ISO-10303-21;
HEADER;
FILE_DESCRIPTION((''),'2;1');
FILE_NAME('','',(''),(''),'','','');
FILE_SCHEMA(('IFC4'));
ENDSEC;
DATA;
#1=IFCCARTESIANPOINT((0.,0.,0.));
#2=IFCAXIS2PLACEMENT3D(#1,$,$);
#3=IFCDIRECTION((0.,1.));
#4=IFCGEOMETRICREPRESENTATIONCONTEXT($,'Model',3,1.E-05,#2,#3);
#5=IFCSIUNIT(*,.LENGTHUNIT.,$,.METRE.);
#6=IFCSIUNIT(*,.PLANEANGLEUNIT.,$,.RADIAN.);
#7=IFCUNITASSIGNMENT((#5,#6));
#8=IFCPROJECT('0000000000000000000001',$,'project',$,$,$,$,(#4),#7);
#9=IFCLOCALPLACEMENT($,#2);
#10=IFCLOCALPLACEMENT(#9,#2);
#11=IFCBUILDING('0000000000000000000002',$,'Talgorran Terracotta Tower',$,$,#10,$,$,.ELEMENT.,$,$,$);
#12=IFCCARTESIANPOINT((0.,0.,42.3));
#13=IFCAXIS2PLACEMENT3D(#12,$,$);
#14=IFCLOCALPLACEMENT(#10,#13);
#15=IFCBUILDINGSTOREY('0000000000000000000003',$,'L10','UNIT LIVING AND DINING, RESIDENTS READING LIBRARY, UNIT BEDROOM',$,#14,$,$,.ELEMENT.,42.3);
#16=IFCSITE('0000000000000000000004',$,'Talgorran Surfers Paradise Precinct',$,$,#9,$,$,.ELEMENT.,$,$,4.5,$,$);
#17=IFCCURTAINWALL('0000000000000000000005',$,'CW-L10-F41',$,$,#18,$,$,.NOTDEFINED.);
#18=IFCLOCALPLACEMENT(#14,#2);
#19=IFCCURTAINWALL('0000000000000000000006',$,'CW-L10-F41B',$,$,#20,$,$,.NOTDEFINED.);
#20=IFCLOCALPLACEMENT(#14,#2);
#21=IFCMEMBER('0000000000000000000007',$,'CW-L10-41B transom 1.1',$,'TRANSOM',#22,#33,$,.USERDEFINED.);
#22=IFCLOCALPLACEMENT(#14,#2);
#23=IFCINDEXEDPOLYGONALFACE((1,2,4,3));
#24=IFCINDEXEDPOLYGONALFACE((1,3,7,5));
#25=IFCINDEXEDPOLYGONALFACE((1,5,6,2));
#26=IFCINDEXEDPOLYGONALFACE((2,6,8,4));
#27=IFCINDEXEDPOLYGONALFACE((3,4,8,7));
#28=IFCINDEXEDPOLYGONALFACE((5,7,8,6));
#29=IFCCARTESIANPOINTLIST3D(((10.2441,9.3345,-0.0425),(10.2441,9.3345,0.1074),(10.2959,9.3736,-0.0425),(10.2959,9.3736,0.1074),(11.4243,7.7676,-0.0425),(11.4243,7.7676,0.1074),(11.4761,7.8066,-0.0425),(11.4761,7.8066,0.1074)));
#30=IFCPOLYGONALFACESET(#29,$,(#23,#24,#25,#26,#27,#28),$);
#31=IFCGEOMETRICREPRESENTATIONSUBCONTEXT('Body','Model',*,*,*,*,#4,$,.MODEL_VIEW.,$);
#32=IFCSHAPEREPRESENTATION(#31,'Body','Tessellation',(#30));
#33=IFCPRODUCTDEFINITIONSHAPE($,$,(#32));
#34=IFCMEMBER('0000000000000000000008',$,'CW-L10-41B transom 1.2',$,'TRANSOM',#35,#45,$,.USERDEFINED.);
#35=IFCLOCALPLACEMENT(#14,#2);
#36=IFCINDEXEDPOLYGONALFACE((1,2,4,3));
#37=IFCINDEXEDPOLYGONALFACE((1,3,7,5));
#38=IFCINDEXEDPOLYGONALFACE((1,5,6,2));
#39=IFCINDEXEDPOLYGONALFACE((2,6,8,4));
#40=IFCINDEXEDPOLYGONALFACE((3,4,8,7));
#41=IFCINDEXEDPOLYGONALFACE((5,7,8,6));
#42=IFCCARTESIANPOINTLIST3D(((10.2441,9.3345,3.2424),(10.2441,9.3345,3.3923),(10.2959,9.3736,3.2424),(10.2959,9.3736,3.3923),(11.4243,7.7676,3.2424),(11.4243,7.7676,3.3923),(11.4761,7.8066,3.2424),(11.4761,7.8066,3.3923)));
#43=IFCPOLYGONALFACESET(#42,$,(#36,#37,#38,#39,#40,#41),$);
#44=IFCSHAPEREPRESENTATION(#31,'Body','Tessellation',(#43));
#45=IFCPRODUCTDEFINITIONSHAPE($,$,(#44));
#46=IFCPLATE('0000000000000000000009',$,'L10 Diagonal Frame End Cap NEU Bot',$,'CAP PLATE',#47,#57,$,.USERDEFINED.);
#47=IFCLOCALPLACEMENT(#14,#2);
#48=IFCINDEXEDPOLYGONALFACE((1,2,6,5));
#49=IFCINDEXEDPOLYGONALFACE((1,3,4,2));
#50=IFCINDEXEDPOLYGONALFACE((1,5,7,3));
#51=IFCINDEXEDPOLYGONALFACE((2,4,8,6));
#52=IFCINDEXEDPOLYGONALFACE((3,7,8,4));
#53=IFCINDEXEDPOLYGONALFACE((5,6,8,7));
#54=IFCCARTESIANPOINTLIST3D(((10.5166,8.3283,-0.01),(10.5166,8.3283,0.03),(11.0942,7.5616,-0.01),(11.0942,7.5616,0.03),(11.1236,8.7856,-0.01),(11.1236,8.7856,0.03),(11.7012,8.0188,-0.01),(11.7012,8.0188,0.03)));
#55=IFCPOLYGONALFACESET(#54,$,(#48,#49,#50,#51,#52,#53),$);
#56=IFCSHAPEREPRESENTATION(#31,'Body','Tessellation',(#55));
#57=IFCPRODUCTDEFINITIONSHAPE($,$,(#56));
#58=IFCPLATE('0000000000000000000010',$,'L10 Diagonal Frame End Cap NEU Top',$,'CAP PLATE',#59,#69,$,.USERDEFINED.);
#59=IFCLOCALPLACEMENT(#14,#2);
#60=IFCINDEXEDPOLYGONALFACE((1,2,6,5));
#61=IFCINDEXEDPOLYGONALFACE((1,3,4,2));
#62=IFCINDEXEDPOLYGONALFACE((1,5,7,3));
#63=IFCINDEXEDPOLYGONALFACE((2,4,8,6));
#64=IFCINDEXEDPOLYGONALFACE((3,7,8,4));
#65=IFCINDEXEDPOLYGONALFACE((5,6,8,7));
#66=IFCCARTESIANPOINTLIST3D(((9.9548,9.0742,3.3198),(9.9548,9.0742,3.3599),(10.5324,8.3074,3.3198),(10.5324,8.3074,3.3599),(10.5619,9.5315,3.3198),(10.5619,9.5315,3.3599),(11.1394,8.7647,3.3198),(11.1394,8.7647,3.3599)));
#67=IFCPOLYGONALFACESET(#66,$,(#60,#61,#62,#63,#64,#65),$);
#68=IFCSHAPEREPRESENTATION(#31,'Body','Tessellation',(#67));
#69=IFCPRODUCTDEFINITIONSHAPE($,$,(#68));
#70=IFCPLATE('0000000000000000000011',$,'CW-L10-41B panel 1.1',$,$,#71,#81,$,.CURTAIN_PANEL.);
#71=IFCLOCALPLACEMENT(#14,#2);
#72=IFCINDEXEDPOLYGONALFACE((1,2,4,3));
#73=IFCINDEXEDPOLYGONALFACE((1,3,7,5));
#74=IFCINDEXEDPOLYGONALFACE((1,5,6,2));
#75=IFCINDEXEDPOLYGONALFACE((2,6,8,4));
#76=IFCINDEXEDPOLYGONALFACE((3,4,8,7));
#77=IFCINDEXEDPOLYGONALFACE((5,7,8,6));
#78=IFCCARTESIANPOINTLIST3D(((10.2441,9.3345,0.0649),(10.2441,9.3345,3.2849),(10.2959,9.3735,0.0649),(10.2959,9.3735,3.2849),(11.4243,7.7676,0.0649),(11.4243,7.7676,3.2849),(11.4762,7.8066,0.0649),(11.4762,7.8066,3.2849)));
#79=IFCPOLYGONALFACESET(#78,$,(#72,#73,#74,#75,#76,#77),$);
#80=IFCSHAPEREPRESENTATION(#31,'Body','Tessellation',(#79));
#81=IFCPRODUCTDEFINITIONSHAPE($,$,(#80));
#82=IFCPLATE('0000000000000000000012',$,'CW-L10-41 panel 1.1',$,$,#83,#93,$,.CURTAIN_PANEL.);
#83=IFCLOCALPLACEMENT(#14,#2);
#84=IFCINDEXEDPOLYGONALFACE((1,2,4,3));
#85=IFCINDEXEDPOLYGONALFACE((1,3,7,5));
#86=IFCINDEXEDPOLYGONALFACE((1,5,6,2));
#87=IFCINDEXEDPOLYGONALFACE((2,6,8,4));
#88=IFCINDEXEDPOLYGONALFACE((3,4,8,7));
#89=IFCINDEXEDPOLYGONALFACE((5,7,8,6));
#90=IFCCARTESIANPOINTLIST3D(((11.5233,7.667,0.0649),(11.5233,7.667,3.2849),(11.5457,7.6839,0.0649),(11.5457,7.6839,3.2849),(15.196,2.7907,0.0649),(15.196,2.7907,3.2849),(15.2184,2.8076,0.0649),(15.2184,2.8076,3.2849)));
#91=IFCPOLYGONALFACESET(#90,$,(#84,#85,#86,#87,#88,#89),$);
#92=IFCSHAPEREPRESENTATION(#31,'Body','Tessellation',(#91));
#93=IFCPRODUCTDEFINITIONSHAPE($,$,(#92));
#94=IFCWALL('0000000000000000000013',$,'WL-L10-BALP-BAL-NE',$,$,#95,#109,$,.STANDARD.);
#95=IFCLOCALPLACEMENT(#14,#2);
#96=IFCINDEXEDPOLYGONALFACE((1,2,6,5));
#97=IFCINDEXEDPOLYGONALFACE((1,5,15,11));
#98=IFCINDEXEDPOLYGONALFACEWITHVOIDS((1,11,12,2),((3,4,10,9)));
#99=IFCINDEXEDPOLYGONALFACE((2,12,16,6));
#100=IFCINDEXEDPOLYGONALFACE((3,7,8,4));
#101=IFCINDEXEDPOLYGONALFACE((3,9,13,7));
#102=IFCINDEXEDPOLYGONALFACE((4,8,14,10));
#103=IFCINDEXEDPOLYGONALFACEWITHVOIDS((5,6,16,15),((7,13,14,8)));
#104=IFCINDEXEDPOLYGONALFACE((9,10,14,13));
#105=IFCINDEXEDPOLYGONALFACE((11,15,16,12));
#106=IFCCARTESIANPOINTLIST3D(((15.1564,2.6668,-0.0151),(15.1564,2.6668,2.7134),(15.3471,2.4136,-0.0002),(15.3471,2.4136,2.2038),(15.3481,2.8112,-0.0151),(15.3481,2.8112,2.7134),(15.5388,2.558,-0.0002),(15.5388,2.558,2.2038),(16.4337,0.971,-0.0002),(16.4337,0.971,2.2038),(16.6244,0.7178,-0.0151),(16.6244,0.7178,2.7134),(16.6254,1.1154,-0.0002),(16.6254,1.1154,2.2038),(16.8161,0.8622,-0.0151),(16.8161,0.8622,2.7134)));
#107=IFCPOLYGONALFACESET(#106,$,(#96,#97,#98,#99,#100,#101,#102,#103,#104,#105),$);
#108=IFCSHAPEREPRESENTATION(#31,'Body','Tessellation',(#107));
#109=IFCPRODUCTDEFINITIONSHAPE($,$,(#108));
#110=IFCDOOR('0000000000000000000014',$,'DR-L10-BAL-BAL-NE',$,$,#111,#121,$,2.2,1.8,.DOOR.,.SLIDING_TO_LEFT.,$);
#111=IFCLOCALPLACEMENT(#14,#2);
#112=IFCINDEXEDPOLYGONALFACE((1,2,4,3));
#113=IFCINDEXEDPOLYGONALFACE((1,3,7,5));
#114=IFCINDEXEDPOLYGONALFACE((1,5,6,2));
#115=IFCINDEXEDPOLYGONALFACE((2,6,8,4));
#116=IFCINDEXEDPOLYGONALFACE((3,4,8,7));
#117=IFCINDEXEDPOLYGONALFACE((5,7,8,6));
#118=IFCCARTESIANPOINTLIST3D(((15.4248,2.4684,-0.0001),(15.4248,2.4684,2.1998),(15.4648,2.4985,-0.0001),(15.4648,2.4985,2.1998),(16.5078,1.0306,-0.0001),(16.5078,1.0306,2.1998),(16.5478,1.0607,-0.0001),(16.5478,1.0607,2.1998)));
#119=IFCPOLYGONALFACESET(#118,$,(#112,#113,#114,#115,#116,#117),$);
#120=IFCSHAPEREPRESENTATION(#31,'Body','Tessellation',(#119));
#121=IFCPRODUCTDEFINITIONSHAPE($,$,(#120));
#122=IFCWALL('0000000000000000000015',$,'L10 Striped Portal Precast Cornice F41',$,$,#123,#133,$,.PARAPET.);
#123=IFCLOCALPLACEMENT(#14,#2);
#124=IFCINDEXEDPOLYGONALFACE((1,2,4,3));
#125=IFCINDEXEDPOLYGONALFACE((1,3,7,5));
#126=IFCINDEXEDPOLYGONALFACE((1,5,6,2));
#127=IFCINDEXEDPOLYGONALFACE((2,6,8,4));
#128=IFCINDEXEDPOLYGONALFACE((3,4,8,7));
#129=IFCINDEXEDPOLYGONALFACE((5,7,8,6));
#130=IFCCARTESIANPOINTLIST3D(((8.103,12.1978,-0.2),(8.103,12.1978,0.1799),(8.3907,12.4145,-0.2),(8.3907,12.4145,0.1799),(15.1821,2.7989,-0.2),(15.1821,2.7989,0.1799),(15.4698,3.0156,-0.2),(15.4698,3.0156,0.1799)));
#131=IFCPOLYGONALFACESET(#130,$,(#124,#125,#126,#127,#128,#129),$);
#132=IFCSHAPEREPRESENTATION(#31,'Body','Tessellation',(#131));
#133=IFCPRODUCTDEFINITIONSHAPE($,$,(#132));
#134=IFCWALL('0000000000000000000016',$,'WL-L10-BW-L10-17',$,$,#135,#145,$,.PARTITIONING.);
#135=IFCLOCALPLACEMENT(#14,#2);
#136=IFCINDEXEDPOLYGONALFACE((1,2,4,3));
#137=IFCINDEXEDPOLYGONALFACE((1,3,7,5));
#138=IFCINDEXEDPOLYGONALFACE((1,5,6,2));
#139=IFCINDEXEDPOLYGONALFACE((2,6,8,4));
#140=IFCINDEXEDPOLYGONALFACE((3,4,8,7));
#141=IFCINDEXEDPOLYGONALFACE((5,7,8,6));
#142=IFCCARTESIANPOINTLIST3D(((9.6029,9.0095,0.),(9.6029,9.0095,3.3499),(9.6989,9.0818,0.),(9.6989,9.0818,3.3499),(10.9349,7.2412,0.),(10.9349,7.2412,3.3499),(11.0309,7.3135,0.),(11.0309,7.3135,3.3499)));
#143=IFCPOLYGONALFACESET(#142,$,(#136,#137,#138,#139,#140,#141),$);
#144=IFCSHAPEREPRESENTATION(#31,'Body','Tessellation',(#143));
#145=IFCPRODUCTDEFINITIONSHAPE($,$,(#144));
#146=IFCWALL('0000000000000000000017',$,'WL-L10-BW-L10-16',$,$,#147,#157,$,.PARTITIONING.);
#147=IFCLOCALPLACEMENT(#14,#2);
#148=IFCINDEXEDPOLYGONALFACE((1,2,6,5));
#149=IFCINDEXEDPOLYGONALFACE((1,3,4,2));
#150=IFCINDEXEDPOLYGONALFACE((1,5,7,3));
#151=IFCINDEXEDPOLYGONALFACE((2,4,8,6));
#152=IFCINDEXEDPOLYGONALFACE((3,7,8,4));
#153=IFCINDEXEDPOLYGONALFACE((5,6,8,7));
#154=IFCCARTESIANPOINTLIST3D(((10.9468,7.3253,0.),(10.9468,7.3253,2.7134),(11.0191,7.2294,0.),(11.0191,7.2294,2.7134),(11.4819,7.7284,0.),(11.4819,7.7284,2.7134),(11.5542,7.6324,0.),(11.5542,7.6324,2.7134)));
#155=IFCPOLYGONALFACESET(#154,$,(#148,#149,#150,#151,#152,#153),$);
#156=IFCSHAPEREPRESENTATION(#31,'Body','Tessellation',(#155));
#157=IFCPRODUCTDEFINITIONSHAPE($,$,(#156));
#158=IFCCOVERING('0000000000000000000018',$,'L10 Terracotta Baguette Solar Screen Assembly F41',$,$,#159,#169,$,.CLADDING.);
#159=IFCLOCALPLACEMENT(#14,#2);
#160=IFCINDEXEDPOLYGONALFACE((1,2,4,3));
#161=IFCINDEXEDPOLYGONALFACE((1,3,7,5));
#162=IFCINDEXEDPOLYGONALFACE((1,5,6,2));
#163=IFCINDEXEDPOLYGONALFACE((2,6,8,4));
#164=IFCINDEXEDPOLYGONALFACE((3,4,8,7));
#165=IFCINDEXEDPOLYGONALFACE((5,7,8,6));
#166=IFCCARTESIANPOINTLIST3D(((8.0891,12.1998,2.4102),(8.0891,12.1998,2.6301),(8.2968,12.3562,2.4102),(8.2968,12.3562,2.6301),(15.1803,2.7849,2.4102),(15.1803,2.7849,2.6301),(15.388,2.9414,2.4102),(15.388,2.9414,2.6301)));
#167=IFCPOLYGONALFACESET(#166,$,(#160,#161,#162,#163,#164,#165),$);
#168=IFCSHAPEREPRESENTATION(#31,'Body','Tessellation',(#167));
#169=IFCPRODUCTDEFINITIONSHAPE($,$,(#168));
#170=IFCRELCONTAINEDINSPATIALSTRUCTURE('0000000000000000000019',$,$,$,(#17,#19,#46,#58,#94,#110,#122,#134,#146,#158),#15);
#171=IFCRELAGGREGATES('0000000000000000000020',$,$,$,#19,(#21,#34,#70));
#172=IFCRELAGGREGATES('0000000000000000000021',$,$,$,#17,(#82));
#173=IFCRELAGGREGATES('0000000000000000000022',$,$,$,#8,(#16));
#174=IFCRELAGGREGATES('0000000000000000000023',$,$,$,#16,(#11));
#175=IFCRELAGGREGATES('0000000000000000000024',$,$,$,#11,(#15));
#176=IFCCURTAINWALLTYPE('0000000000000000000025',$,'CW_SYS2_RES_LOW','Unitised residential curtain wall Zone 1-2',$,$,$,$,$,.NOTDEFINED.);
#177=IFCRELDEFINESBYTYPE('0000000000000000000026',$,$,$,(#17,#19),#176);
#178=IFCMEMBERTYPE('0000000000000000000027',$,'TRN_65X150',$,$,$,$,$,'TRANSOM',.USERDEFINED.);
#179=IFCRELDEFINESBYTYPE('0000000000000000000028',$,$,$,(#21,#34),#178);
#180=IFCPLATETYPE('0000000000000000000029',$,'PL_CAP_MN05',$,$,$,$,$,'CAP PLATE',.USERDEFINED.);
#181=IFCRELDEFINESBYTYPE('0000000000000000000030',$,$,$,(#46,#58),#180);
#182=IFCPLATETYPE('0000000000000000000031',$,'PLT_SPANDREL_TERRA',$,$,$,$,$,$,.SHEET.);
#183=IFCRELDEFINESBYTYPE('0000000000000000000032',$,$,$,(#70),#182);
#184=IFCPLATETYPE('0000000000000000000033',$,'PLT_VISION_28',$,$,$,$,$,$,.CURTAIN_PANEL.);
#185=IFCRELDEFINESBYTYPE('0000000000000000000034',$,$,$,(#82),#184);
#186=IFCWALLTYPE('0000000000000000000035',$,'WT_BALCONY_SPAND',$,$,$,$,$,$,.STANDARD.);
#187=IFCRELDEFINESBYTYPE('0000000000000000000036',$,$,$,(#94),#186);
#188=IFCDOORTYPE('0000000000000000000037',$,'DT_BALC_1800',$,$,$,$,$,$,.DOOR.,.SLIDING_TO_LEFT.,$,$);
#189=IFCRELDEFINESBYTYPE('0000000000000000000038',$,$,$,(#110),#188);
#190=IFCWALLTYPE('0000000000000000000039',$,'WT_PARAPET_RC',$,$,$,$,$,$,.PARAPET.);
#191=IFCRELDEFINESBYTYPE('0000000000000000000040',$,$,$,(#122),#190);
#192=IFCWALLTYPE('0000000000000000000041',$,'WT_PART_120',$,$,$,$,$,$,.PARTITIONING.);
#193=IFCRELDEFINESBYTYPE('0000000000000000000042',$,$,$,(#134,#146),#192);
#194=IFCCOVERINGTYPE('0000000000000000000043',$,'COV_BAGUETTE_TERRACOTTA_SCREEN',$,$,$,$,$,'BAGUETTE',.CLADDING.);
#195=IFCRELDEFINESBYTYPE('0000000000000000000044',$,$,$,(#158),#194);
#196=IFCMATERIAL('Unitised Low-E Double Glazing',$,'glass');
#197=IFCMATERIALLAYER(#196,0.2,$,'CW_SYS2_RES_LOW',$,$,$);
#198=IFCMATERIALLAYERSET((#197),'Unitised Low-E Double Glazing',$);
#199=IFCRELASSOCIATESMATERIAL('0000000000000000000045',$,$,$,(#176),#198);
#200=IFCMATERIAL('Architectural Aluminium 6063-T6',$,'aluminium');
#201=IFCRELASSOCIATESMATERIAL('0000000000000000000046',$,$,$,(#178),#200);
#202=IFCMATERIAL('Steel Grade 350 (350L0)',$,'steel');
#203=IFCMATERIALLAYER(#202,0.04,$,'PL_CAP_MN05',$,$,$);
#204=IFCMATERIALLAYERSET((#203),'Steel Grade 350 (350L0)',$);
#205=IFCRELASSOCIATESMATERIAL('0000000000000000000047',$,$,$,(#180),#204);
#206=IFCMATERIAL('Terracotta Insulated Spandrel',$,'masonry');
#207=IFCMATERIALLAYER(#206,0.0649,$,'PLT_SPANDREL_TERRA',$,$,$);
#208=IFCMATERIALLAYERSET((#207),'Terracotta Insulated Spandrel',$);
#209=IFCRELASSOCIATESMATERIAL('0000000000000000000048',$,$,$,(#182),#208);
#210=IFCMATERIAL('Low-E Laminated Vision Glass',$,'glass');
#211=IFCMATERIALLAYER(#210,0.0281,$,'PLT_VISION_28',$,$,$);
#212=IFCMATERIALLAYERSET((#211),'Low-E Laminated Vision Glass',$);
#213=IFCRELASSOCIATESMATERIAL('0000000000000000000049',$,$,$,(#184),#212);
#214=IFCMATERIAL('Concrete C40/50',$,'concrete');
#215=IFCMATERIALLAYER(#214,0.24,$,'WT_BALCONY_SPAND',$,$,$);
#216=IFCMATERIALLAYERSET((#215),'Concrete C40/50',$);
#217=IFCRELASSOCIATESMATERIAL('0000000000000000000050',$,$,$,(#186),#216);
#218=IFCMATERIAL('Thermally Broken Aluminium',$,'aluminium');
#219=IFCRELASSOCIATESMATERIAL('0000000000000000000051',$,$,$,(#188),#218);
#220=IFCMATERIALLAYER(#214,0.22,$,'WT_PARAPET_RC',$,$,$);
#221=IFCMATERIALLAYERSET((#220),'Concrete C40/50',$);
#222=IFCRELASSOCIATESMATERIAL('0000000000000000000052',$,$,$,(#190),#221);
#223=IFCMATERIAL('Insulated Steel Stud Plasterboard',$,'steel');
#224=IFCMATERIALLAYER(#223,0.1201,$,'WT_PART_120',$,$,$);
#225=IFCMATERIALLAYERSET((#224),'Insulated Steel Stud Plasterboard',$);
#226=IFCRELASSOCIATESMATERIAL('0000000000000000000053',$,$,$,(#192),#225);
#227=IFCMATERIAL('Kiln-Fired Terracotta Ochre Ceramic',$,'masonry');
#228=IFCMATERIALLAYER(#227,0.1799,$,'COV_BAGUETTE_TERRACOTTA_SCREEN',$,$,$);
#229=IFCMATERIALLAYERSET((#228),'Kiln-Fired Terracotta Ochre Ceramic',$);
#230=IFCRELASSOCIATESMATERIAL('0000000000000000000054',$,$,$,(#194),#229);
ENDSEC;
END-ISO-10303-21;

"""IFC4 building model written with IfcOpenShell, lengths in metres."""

from ifc_helpers import new_model, si_unit, direction, frame, frame_2d, origin, origin_2d, place, context, subcontext, project, spatial, rectangle, extrude, source, transform, mapped, material, layer, layer_set, material_profile, profile_set, type_object, type_shapes, element, fill, aggregate, save


model = new_model("IFC4")

# Units and contexts
model_context = context("Model", 3, precision=1e-05, world=origin(), true_north=direction((0.0, 1.0)))
body_context = subcontext(model_context, "Body", "Model", "MODEL_VIEW")
ifc_project = project(units=[si_unit("LENGTHUNIT", "METRE"), si_unit("PLANEANGLEUNIT", "RADIAN")], contexts=[model_context])

# Site, building, storey
site_placement = place(None, origin())
site = spatial("IfcSite", under=ifc_project, at=site_placement, Name="Talgorran Surfers Paradise Precinct", CompositionType="ELEMENT", RefElevation=4.5)
building_placement = place(site_placement, origin())
building = spatial("IfcBuilding", under=site, at=building_placement, Name="Talgorran Terracotta Tower", CompositionType="ELEMENT")
storey_placement = place(building_placement, frame((0.0, 0.0, 42.3)))
storey = spatial("IfcBuildingStorey", under=building, at=storey_placement, Name="L10", Description="UNIT LIVING AND DINING, RESIDENTS READING LIBRARY, UNIT BEDROOM", CompositionType="ELEMENT", Elevation=42.3)

# Shared definitions
ifc_material_1 = material(Name="Steel Grade 350 (350L0)", Category="steel")

# Curtain wall
ifc_material_2 = material(Name="Unitised Low-E Double Glazing", Category="glass")
ifc_layer_1 = layer(ifc_material_2, 0.2, Name="CW_SYS2_RES_LOW")
ifc_layer_set_1 = layer_set([ifc_layer_1], Name="Unitised Low-E Double Glazing")
curtain_wall_type = type_object("IfcCurtainWallType", Name="CW_SYS2_RES_LOW", Description="Unitised residential curtain wall Zone 1-2", PredefinedType="NOTDEFINED", material=ifc_layer_set_1)
curtain_wall_1_placement = place(storey_placement, origin())
curtain_wall_1 = element("IfcCurtainWall", 1, at=curtain_wall_1_placement, inside=storey, type_object=curtain_wall_type, Name="CW-L10-F41", PredefinedType="NOTDEFINED")
ifc_material_3 = material(Name="Architectural Aluminium 6063-T6", Category="aluminium")

# Curtain wall
curtain_wall_2_placement = place(storey_placement, origin())
curtain_wall_2 = element("IfcCurtainWall", 2, at=curtain_wall_2_placement, inside=storey, type_object=curtain_wall_type, Name="CW-L10-F41B", PredefinedType="NOTDEFINED")

# Members
ifc_material_profile_1 = material_profile(ifc_material_3, rectangle(XDim=0.0649, YDim=0.1499, at=origin_2d()), Name="CWT65X150")
ifc_profile_set_1 = profile_set([ifc_material_profile_1], Name="Architectural Aluminium 6063-T6")
member_type_1 = type_object("IfcMemberType", Name="TRN_65X150", ElementType="TRANSOM", PredefinedType="USERDEFINED", material=ifc_profile_set_1)
member_1_placement = place(storey_placement, frame((11.4502, 7.7871, 0.0325), z_axis=(-0.601632, 0.798774, 0.0), x_axis=(-0.798774, -0.601632, 0.0)))
member_1 = element("IfcMember", 3, at=member_1_placement, type_object=member_type_1, Name="CW-L10-41B transom 1.1", ObjectType="TRANSOM", PredefinedType="USERDEFINED", context=body_context, shape_type="SweptSolid", body=[
    extrude(rectangle(XDim=0.0649, YDim=0.1499, at=origin_2d()), origin(), (0.0, 0.0, 1.0), 1.9617),
])
member_2_placement = place(storey_placement, frame((11.4502, 7.7871, 3.3174), z_axis=(-0.601632, 0.798774, 0.0), x_axis=(-0.798774, -0.601632, 0.0)))
member_2 = element("IfcMember", 4, at=member_2_placement, type_object=member_type_1, Name="CW-L10-41B transom 1.2", ObjectType="TRANSOM", PredefinedType="USERDEFINED", context=body_context, shape_type="SweptSolid", body=[
    extrude(rectangle(XDim=0.0649, YDim=0.1499, at=origin_2d()), origin(), (0.0, 0.0, 1.0), 1.9617),
])

# Plates
ifc_layer_2 = layer(ifc_material_1, 0.04, Name="PL_CAP_MN05")
ifc_layer_set_2 = layer_set([ifc_layer_2], Name="Steel Grade 350 (350L0)")
plate_type_1 = type_object("IfcPlateType", Name="PL_CAP_MN05", ElementType="CAP PLATE", PredefinedType="USERDEFINED", material=ifc_layer_set_2)
for number, where, z_axis, x_axis, name in (
    (5, (11.1089, 8.1736, -0.01), (0.0, 0.0, 1.0), (-0.601676, 0.798741, 0.0), "L10 Diagonal Frame End Cap NEU Bot"),
    (6, (10.5471, 8.9194, 3.3198), (0.0, 0.0, 1.0), (-0.601676, 0.798741, 0.0), "L10 Diagonal Frame End Cap NEU Top"),
):
    element("IfcPlate", number, at=place(storey_placement, frame(where, z_axis=z_axis, x_axis=x_axis)), inside=storey, type_object=plate_type_1, Name=name, ObjectType="CAP PLATE", PredefinedType="USERDEFINED", context=body_context, shape_type="SweptSolid", body=[
        extrude(rectangle(XDim=0.96, YDim=0.76, at=origin_2d()), origin(), (0.0, 0.0, 1.0), 0.04),
    ])

# Plates
ifc_material_4 = material(Name="Terracotta Insulated Spandrel", Category="masonry")
ifc_layer_3 = layer(ifc_material_4, 0.0649, Name="PLT_SPANDREL_TERRA")
ifc_layer_set_3 = layer_set([ifc_layer_3], Name="Terracotta Insulated Spandrel")
plate_type_2 = type_object("IfcPlateType", Name="PLT_SPANDREL_TERRA", PredefinedType="SHEET", material=ifc_layer_set_3)
shared_shape_1 = source(origin(), body_context, "Body", "SweptSolid", [
    extrude(rectangle(XDim=1.9617, YDim=0.0649, at=origin_2d()), origin(), (0.0, 0.0, 1.0), 3.22),
])
type_shapes(plate_type_2, [shared_shape_1])
plate_1_placement = place(storey_placement, frame((10.8601, 8.5706, 0.0649), z_axis=(0.0, 0.0, 1.0), x_axis=(-0.601643, 0.798765, 0.0)))
plate_1 = element("IfcPlate", 7, at=plate_1_placement, type_object=plate_type_2, Name="CW-L10-41B panel 1.1", PredefinedType="CURTAIN_PANEL", context=body_context, shape_type="MappedRepresentation", body=[
    mapped(shared_shape_1, transform((0.0, 0.0, 0.0), scale=1.0)),
])
aggregate(curtain_wall_2, [member_1, member_2, plate_1])
ifc_material_5 = material(Name="Low-E Laminated Vision Glass", Category="glass")
ifc_layer_4 = layer(ifc_material_5, 0.0281, Name="PLT_VISION_28")
ifc_layer_set_4 = layer_set([ifc_layer_4], Name="Low-E Laminated Vision Glass")
plate_type_3 = type_object("IfcPlateType", Name="PLT_VISION_28", PredefinedType="CURTAIN_PANEL", material=ifc_layer_set_4)
shared_shape_2 = source(origin(), body_context, "Body", "SweptSolid", [
    extrude(rectangle(XDim=6.1047, YDim=0.0281, at=origin_2d()), origin(), (0.0, 0.0, 1.0), 3.22),
])
type_shapes(plate_type_3, [shared_shape_2])
plate_2_placement = place(storey_placement, frame((13.3708, 5.2373, 0.0649), z_axis=(0.0, 0.0, 1.0), x_axis=(-0.601626, 0.798778, 0.0)))
plate_2 = element("IfcPlate", 8, at=plate_2_placement, type_object=plate_type_3, Name="CW-L10-41 panel 1.1", PredefinedType="CURTAIN_PANEL", context=body_context, shape_type="MappedRepresentation", body=[
    mapped(shared_shape_2, transform((0.0, 0.0, 0.0), scale=1.0)),
])
aggregate(curtain_wall_1, [plate_2])

# Wall, opening, door
ifc_material_6 = material(Name="Concrete C40/50", Category="concrete")
ifc_layer_5 = layer(ifc_material_6, 0.24, Name="WT_BALCONY_SPAND")
ifc_layer_set_5 = layer_set([ifc_layer_5], Name="Concrete C40/50")
wall_type_1 = type_object("IfcWallType", Name="WT_BALCONY_SPAND", PredefinedType="STANDARD", material=ifc_layer_set_5)
wall_1_placement = place(storey_placement, frame((16.7202, 0.79, -0.0151), z_axis=(0.0, 0.0, 1.0), x_axis=(-0.601648, 0.798762, 0.0)))
wall_1 = element("IfcWall", 9, at=wall_1_placement, inside=storey, type_object=wall_type_1, Name="WL-L10-BALP-BAL-NE", PredefinedType="STANDARD", context=body_context, shape_type="SweptSolid", body=[
    extrude(rectangle(XDim=2.4399, YDim=0.24, at=frame_2d((1.22, 0.0))), origin(), (0.0, 0.0, 1.0), 2.7285),
])
opening_placement = place(wall_1_placement, frame((0.3201, 0.0, 0.0149)))
opening = element("IfcOpeningElement", 10, at=opening_placement, cuts=wall_1, PredefinedType="OPENING", context=body_context, shape_type="SweptSolid", body=[
    extrude(rectangle(XDim=1.806, YDim=2.204, at=frame_2d((0.8999, 1.1021))), frame((0.0, 0.1299, 0.0), z_axis=(0.0, -1.0, 0.0), x_axis=(1.0, 0.0, 0.0)), (0.0, 0.0, 1.0), 0.26),
])
ifc_material_7 = material(Name="Thermally Broken Aluminium", Category="aluminium")
door_type = type_object("IfcDoorType", Name="DT_BALC_1800", OperationType="SLIDING_TO_LEFT", PredefinedType="DOOR", material=ifc_material_7)
door_placement = place(opening_placement, origin())
door = element("IfcDoor", 11, at=door_placement, inside=storey, type_object=door_type, Name="DR-L10-BAL-BAL-NE", OperationType="SLIDING_TO_LEFT", OverallHeight=2.2, OverallWidth=1.8, PredefinedType="DOOR", context=body_context, shape_type="SweptSolid", body=[
    extrude(rectangle(XDim=1.8, YDim=2.2, at=frame_2d((0.8999, 1.1001))), frame((0.0, 0.0249, 0.0), z_axis=(0.0, -1.0, 0.0), x_axis=(1.0, 0.0, 0.0)), (0.0, 0.0, 1.0), 0.05),
])
fill(opening, door)

# Walls
ifc_layer_6 = layer(ifc_material_6, 0.22, Name="WT_PARAPET_RC")
ifc_layer_set_6 = layer_set([ifc_layer_6], Name="Concrete C40/50")
wall_type_2 = type_object("IfcWallType", Name="WT_PARAPET_RC", PredefinedType="PARAPET", material=ifc_layer_set_6)
wall_2_placement = place(storey_placement, frame((15.3259, 2.9072, -0.2), z_axis=(0.0, 0.0, 1.0), x_axis=(-0.601625, 0.798778, 0.0)))
element("IfcWall", 12, at=wall_2_placement, inside=storey, type_object=wall_type_2, Name="L10 Striped Portal Precast Cornice F41", PredefinedType="PARAPET", context=body_context, shape_type="SweptSolid", body=[
    extrude(rectangle(XDim=11.7666, YDim=0.3601, at=frame_2d((5.8833, 0.0))), origin(), (0.0, 0.0, 1.0), 0.3799),
])
ifc_material_8 = material(Name="Insulated Steel Stud Plasterboard", Category="steel")
ifc_layer_7 = layer(ifc_material_8, 0.1201, Name="WT_PART_120")
ifc_layer_set_7 = layer_set([ifc_layer_7], Name="Insulated Steel Stud Plasterboard")
wall_type_3 = type_object("IfcWallType", Name="WT_PART_120", PredefinedType="PARTITIONING", material=ifc_layer_set_7)
wall_3_placement = place(storey_placement, frame((10.9829, 7.2773, 0.0), z_axis=(0.0, 0.0, 1.0), x_axis=(-0.601675, 0.798741, 0.0)))
element("IfcWall", 13, at=wall_3_placement, inside=storey, type_object=wall_type_3, Name="WL-L10-BW-L10-17", PredefinedType="PARTITIONING", context=body_context, shape_type="SweptSolid", body=[
    extrude(rectangle(XDim=2.2139, YDim=0.1201, at=frame_2d((1.1069, 0.0))), origin(), (0.0, 0.0, 1.0), 3.3499),
])
wall_4_placement = place(storey_placement, frame((11.5181, 7.6804, 0.0), z_axis=(0.0, 0.0, 1.0), x_axis=(-0.798774, -0.601631, 0.0)))
element("IfcWall", 14, at=wall_4_placement, inside=storey, type_object=wall_type_3, Name="WL-L10-BW-L10-16", PredefinedType="PARTITIONING", context=body_context, shape_type="SweptSolid", body=[
    extrude(rectangle(XDim=0.6699, YDim=0.1201, at=frame_2d((0.335, 0.0))), origin(), (0.0, 0.0, 1.0), 2.7134),
])

# Covering
ifc_material_9 = material(Name="Kiln-Fired Terracotta Ochre Ceramic", Category="masonry")
ifc_layer_8 = layer(ifc_material_9, 0.1799, Name="COV_BAGUETTE_TERRACOTTA_SCREEN")
ifc_layer_set_8 = layer_set([ifc_layer_8], Name="Kiln-Fired Terracotta Ochre Ceramic")
covering_type_1 = type_object("IfcCoveringType", Name="COV_BAGUETTE_TERRACOTTA_SCREEN", ElementType="BAGUETTE", PredefinedType="CLADDING", material=ifc_layer_set_8)
covering_1_placement = place(storey_placement, frame((11.7385, 7.5706, 2.4102), z_axis=(0.0, 0.0, 1.0), x_axis=(-0.601634, 0.798772, 0.0)))
element("IfcCovering", 15, at=covering_1_placement, inside=storey, type_object=covering_type_1, Name="L10 Terracotta Baguette Solar Screen Assembly F41", PredefinedType="CLADDING", context=body_context, shape_type="SweptSolid", body=[
    extrude(rectangle(XDim=11.7866, YDim=0.26, at=origin_2d()), origin(), (0.0, 0.0, 1.0), 0.22),
])

save(model, "model.ifc")
